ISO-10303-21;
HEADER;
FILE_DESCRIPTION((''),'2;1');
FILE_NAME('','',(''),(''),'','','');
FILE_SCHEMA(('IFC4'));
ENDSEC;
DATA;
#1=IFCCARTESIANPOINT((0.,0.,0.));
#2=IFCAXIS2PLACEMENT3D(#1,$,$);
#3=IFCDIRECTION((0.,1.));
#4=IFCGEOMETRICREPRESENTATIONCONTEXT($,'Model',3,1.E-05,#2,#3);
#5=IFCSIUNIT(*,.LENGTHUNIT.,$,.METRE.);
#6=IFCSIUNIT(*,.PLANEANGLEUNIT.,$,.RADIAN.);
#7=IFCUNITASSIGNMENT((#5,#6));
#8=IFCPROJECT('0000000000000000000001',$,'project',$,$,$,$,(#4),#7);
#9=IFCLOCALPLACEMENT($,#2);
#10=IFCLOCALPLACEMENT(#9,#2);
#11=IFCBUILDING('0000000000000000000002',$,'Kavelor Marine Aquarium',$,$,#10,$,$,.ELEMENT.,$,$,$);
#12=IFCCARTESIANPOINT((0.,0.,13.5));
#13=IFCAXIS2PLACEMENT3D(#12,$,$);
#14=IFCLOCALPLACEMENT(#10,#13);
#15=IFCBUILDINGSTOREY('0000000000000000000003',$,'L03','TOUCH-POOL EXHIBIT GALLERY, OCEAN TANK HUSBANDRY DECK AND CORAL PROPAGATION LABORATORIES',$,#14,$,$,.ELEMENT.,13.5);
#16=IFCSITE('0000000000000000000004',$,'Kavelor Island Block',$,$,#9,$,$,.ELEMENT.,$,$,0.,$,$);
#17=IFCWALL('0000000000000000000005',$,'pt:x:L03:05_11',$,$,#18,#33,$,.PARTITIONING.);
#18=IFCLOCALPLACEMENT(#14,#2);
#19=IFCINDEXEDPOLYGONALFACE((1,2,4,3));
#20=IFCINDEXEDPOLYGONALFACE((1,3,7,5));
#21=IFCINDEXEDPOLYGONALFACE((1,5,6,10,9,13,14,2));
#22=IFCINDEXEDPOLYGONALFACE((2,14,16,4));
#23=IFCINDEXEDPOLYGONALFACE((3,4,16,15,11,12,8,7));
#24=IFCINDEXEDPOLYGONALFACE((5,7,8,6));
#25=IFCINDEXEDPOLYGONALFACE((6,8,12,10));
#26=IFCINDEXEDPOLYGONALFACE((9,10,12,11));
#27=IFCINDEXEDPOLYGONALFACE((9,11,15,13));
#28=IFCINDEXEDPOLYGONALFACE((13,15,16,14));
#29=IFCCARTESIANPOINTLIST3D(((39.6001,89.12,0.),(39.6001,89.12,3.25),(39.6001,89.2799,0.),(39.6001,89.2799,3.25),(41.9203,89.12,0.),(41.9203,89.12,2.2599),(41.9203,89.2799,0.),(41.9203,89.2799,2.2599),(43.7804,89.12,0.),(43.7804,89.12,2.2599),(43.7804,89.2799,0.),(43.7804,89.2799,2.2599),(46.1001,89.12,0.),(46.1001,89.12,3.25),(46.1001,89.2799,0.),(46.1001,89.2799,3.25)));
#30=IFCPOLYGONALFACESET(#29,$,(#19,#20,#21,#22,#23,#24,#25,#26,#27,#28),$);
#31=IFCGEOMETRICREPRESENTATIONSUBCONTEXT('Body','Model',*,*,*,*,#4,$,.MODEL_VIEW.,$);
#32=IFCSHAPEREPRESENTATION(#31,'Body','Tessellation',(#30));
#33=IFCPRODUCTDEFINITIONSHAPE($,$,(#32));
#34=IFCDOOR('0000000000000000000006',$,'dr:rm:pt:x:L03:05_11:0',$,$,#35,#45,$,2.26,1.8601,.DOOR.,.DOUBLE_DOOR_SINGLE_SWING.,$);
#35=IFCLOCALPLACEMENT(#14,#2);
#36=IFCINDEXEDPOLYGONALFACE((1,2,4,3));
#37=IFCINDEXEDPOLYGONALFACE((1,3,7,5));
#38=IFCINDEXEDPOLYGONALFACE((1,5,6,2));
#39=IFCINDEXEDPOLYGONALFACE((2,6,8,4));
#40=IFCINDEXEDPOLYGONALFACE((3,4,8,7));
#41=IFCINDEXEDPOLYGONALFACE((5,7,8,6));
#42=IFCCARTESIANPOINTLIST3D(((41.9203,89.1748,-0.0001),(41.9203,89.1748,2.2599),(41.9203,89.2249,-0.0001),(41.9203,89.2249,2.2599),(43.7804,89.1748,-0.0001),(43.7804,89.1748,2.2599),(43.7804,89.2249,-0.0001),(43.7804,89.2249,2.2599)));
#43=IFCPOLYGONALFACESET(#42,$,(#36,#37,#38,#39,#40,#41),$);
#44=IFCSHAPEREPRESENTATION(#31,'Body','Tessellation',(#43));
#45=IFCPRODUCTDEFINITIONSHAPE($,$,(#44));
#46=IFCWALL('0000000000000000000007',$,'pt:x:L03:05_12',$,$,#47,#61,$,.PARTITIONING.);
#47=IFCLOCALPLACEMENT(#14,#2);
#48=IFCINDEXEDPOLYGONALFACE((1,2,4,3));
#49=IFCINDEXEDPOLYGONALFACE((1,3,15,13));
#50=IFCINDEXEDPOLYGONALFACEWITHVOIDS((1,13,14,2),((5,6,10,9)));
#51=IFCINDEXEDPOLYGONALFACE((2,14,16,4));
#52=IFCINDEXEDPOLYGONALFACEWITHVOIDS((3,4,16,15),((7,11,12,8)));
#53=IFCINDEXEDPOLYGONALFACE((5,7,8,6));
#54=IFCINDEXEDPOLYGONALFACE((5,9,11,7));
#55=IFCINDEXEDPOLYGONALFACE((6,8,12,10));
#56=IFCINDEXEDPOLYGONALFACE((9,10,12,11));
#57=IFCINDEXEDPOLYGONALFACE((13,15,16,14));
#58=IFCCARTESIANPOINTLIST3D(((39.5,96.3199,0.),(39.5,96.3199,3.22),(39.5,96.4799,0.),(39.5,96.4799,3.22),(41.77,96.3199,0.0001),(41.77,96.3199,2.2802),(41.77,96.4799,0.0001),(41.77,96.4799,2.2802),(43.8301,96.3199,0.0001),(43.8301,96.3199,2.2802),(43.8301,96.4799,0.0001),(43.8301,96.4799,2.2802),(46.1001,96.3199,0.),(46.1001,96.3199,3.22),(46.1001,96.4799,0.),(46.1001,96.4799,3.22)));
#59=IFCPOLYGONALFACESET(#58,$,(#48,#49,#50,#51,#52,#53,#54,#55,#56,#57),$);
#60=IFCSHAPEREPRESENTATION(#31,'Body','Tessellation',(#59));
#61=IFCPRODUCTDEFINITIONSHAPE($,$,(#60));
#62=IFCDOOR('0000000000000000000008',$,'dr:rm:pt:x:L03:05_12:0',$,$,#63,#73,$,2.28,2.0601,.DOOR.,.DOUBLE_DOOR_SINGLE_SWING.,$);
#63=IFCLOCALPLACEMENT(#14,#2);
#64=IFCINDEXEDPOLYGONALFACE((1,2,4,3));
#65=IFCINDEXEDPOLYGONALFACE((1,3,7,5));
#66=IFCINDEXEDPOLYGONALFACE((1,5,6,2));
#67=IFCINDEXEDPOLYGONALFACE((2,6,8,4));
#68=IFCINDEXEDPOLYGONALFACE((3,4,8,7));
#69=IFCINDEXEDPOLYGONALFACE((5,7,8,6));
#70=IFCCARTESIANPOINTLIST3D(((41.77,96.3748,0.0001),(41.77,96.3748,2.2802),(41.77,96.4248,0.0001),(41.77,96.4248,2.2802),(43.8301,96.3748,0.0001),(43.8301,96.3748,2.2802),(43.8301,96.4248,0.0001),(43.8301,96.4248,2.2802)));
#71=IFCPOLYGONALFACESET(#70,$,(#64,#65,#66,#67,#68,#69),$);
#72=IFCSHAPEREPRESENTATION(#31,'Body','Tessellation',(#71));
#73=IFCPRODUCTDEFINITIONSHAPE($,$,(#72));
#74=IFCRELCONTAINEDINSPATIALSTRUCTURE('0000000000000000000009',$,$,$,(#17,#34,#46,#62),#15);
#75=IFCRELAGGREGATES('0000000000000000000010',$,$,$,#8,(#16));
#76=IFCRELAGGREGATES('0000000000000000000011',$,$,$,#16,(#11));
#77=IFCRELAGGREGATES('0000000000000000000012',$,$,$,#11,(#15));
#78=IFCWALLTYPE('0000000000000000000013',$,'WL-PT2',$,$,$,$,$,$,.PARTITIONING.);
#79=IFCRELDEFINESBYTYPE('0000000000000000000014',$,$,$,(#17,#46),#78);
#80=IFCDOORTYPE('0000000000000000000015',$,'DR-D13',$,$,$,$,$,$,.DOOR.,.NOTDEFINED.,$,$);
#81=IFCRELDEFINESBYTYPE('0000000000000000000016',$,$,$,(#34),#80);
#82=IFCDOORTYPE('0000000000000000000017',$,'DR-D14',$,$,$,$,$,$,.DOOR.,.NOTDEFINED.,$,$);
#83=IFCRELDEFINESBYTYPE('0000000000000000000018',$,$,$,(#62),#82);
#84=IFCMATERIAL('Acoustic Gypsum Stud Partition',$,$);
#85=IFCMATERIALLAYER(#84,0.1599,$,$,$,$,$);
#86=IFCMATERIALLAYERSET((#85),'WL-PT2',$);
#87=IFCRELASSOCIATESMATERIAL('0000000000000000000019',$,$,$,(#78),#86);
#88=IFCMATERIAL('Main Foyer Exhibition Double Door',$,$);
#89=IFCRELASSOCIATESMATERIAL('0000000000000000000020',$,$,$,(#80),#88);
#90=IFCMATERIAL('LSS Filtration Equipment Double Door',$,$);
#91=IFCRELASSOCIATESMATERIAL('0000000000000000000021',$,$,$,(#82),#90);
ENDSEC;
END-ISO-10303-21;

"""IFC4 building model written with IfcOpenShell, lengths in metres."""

from ifc_helpers import new_model, si_unit, direction, frame, frame_2d, origin, place, context, subcontext, project, spatial, rectangle, extrude, material, layer, layer_set, type_object, element, fill, save


model = new_model("IFC4")

# Units and contexts
model_context = context("Model", 3, precision=1e-05, world=origin(), true_north=direction((0.0, 1.0)))
body_context = subcontext(model_context, "Body", "Model", "MODEL_VIEW")
ifc_project = project(units=[si_unit("LENGTHUNIT", "METRE"), si_unit("PLANEANGLEUNIT", "RADIAN")], contexts=[model_context])

# Site, building, storey
site_placement = place(None, origin())
site = spatial("IfcSite", under=ifc_project, at=site_placement, Name="Kavelor Island Block", CompositionType="ELEMENT", RefElevation=0.0)
building_placement = place(site_placement, origin())
building = spatial("IfcBuilding", under=site, at=building_placement, Name="Kavelor Marine Aquarium", CompositionType="ELEMENT")
storey_placement = place(building_placement, frame((0.0, 0.0, 13.5)))
storey = spatial("IfcBuildingStorey", under=building, at=storey_placement, Name="L03", Description="TOUCH-POOL EXHIBIT GALLERY, OCEAN TANK HUSBANDRY DECK AND CORAL PROPAGATION LABORATORIES", CompositionType="ELEMENT", Elevation=13.5)

# Walls, openings, doors
ifc_material_1 = material(Name="Acoustic Gypsum Stud Partition")
ifc_layer_1 = layer(ifc_material_1, 0.1599)
ifc_layer_set_1 = layer_set([ifc_layer_1], Name="WL-PT2")
wall_type_1 = type_object("IfcWallType", Name="WL-PT2", PredefinedType="PARTITIONING", material=ifc_layer_set_1)
wall_1_placement = place(storey_placement, frame((39.6001, 89.2, 0.0), z_axis=(0.0, 0.0, 1.0), x_axis=(1.0, 0.0, 0.0)))
wall_1 = element("IfcWall", 1, at=wall_1_placement, inside=storey, type_object=wall_type_1, Name="pt:x:L03:05_11", PredefinedType="PARTITIONING", context=body_context, shape_type="SweptSolid", body=[
    extrude(rectangle(XDim=6.5, YDim=0.1599, at=frame_2d((3.25, 0.0))), origin(), (0.0, 0.0, 1.0), 3.25),
])
opening_1_placement = place(wall_1_placement, frame((2.3201, 0.0, 0.0)))
opening_1 = element("IfcOpeningElement", 2, at=opening_1_placement, cuts=wall_1, PredefinedType="OPENING", context=body_context, shape_type="SweptSolid", body=[
    extrude(rectangle(XDim=1.8601, YDim=2.26, at=frame_2d((0.9302, 1.1299))), frame((0.0, 0.0898, 0.0), z_axis=(0.0, -1.0, 0.0), x_axis=(1.0, 0.0, 0.0)), (0.0, 0.0, 1.0), 0.1799),
])
ifc_material_2 = material(Name="Main Foyer Exhibition Double Door")
door_type_1 = type_object("IfcDoorType", Name="DR-D13", OperationType="NOTDEFINED", PredefinedType="DOOR", material=ifc_material_2)
door_1_placement = place(opening_1_placement, origin())
door_1 = element("IfcDoor", 3, at=door_1_placement, inside=storey, type_object=door_type_1, Name="dr:rm:pt:x:L03:05_11:0", OperationType="DOUBLE_DOOR_SINGLE_SWING", OverallHeight=2.26, OverallWidth=1.8601, PredefinedType="DOOR", context=body_context, shape_type="SweptSolid", body=[
    extrude(rectangle(XDim=1.8601, YDim=2.26, at=frame_2d((0.9302, 1.1299))), frame((0.0, 0.0249, 0.0), z_axis=(0.0, -1.0, 0.0), x_axis=(1.0, 0.0, 0.0)), (0.0, 0.0, 1.0), 0.05),
])
fill(opening_1, door_1)
wall_2_placement = place(storey_placement, frame((39.5, 96.3999, 0.0), z_axis=(0.0, 0.0, 1.0), x_axis=(1.0, 0.0, 0.0)))
wall_2 = element("IfcWall", 4, at=wall_2_placement, inside=storey, type_object=wall_type_1, Name="pt:x:L03:05_12", PredefinedType="PARTITIONING", context=body_context, shape_type="SweptSolid", body=[
    extrude(rectangle(XDim=6.6001, YDim=0.1599, at=frame_2d((3.3, 0.0))), origin(), (0.0, 0.0, 1.0), 3.22),
])
opening_2_placement = place(wall_2_placement, frame((2.27, 0.0, 0.0)))
opening_2 = element("IfcOpeningElement", 5, at=opening_2_placement, cuts=wall_2, PredefinedType="OPENING", context=body_context, shape_type="SweptSolid", body=[
    extrude(rectangle(XDim=2.0601, YDim=2.28, at=frame_2d((1.03, 1.1401))), frame((0.0, 0.0898, 0.0), z_axis=(0.0, -1.0, 0.0), x_axis=(1.0, 0.0, 0.0)), (0.0, 0.0, 1.0), 0.1799),
])
ifc_material_3 = material(Name="LSS Filtration Equipment Double Door")
door_type_2 = type_object("IfcDoorType", Name="DR-D14", OperationType="NOTDEFINED", PredefinedType="DOOR", material=ifc_material_3)
door_2_placement = place(opening_2_placement, origin())
door_2 = element("IfcDoor", 6, at=door_2_placement, inside=storey, type_object=door_type_2, Name="dr:rm:pt:x:L03:05_12:0", OperationType="DOUBLE_DOOR_SINGLE_SWING", OverallHeight=2.28, OverallWidth=2.0601, PredefinedType="DOOR", context=body_context, shape_type="SweptSolid", body=[
    extrude(rectangle(XDim=2.0601, YDim=2.28, at=frame_2d((1.03, 1.1401))), frame((0.0, 0.0249, 0.0), z_axis=(0.0, -1.0, 0.0), x_axis=(1.0, 0.0, 0.0)), (0.0, 0.0, 1.0), 0.05),
])
fill(opening_2, door_2)

save(model, "model.ifc")
